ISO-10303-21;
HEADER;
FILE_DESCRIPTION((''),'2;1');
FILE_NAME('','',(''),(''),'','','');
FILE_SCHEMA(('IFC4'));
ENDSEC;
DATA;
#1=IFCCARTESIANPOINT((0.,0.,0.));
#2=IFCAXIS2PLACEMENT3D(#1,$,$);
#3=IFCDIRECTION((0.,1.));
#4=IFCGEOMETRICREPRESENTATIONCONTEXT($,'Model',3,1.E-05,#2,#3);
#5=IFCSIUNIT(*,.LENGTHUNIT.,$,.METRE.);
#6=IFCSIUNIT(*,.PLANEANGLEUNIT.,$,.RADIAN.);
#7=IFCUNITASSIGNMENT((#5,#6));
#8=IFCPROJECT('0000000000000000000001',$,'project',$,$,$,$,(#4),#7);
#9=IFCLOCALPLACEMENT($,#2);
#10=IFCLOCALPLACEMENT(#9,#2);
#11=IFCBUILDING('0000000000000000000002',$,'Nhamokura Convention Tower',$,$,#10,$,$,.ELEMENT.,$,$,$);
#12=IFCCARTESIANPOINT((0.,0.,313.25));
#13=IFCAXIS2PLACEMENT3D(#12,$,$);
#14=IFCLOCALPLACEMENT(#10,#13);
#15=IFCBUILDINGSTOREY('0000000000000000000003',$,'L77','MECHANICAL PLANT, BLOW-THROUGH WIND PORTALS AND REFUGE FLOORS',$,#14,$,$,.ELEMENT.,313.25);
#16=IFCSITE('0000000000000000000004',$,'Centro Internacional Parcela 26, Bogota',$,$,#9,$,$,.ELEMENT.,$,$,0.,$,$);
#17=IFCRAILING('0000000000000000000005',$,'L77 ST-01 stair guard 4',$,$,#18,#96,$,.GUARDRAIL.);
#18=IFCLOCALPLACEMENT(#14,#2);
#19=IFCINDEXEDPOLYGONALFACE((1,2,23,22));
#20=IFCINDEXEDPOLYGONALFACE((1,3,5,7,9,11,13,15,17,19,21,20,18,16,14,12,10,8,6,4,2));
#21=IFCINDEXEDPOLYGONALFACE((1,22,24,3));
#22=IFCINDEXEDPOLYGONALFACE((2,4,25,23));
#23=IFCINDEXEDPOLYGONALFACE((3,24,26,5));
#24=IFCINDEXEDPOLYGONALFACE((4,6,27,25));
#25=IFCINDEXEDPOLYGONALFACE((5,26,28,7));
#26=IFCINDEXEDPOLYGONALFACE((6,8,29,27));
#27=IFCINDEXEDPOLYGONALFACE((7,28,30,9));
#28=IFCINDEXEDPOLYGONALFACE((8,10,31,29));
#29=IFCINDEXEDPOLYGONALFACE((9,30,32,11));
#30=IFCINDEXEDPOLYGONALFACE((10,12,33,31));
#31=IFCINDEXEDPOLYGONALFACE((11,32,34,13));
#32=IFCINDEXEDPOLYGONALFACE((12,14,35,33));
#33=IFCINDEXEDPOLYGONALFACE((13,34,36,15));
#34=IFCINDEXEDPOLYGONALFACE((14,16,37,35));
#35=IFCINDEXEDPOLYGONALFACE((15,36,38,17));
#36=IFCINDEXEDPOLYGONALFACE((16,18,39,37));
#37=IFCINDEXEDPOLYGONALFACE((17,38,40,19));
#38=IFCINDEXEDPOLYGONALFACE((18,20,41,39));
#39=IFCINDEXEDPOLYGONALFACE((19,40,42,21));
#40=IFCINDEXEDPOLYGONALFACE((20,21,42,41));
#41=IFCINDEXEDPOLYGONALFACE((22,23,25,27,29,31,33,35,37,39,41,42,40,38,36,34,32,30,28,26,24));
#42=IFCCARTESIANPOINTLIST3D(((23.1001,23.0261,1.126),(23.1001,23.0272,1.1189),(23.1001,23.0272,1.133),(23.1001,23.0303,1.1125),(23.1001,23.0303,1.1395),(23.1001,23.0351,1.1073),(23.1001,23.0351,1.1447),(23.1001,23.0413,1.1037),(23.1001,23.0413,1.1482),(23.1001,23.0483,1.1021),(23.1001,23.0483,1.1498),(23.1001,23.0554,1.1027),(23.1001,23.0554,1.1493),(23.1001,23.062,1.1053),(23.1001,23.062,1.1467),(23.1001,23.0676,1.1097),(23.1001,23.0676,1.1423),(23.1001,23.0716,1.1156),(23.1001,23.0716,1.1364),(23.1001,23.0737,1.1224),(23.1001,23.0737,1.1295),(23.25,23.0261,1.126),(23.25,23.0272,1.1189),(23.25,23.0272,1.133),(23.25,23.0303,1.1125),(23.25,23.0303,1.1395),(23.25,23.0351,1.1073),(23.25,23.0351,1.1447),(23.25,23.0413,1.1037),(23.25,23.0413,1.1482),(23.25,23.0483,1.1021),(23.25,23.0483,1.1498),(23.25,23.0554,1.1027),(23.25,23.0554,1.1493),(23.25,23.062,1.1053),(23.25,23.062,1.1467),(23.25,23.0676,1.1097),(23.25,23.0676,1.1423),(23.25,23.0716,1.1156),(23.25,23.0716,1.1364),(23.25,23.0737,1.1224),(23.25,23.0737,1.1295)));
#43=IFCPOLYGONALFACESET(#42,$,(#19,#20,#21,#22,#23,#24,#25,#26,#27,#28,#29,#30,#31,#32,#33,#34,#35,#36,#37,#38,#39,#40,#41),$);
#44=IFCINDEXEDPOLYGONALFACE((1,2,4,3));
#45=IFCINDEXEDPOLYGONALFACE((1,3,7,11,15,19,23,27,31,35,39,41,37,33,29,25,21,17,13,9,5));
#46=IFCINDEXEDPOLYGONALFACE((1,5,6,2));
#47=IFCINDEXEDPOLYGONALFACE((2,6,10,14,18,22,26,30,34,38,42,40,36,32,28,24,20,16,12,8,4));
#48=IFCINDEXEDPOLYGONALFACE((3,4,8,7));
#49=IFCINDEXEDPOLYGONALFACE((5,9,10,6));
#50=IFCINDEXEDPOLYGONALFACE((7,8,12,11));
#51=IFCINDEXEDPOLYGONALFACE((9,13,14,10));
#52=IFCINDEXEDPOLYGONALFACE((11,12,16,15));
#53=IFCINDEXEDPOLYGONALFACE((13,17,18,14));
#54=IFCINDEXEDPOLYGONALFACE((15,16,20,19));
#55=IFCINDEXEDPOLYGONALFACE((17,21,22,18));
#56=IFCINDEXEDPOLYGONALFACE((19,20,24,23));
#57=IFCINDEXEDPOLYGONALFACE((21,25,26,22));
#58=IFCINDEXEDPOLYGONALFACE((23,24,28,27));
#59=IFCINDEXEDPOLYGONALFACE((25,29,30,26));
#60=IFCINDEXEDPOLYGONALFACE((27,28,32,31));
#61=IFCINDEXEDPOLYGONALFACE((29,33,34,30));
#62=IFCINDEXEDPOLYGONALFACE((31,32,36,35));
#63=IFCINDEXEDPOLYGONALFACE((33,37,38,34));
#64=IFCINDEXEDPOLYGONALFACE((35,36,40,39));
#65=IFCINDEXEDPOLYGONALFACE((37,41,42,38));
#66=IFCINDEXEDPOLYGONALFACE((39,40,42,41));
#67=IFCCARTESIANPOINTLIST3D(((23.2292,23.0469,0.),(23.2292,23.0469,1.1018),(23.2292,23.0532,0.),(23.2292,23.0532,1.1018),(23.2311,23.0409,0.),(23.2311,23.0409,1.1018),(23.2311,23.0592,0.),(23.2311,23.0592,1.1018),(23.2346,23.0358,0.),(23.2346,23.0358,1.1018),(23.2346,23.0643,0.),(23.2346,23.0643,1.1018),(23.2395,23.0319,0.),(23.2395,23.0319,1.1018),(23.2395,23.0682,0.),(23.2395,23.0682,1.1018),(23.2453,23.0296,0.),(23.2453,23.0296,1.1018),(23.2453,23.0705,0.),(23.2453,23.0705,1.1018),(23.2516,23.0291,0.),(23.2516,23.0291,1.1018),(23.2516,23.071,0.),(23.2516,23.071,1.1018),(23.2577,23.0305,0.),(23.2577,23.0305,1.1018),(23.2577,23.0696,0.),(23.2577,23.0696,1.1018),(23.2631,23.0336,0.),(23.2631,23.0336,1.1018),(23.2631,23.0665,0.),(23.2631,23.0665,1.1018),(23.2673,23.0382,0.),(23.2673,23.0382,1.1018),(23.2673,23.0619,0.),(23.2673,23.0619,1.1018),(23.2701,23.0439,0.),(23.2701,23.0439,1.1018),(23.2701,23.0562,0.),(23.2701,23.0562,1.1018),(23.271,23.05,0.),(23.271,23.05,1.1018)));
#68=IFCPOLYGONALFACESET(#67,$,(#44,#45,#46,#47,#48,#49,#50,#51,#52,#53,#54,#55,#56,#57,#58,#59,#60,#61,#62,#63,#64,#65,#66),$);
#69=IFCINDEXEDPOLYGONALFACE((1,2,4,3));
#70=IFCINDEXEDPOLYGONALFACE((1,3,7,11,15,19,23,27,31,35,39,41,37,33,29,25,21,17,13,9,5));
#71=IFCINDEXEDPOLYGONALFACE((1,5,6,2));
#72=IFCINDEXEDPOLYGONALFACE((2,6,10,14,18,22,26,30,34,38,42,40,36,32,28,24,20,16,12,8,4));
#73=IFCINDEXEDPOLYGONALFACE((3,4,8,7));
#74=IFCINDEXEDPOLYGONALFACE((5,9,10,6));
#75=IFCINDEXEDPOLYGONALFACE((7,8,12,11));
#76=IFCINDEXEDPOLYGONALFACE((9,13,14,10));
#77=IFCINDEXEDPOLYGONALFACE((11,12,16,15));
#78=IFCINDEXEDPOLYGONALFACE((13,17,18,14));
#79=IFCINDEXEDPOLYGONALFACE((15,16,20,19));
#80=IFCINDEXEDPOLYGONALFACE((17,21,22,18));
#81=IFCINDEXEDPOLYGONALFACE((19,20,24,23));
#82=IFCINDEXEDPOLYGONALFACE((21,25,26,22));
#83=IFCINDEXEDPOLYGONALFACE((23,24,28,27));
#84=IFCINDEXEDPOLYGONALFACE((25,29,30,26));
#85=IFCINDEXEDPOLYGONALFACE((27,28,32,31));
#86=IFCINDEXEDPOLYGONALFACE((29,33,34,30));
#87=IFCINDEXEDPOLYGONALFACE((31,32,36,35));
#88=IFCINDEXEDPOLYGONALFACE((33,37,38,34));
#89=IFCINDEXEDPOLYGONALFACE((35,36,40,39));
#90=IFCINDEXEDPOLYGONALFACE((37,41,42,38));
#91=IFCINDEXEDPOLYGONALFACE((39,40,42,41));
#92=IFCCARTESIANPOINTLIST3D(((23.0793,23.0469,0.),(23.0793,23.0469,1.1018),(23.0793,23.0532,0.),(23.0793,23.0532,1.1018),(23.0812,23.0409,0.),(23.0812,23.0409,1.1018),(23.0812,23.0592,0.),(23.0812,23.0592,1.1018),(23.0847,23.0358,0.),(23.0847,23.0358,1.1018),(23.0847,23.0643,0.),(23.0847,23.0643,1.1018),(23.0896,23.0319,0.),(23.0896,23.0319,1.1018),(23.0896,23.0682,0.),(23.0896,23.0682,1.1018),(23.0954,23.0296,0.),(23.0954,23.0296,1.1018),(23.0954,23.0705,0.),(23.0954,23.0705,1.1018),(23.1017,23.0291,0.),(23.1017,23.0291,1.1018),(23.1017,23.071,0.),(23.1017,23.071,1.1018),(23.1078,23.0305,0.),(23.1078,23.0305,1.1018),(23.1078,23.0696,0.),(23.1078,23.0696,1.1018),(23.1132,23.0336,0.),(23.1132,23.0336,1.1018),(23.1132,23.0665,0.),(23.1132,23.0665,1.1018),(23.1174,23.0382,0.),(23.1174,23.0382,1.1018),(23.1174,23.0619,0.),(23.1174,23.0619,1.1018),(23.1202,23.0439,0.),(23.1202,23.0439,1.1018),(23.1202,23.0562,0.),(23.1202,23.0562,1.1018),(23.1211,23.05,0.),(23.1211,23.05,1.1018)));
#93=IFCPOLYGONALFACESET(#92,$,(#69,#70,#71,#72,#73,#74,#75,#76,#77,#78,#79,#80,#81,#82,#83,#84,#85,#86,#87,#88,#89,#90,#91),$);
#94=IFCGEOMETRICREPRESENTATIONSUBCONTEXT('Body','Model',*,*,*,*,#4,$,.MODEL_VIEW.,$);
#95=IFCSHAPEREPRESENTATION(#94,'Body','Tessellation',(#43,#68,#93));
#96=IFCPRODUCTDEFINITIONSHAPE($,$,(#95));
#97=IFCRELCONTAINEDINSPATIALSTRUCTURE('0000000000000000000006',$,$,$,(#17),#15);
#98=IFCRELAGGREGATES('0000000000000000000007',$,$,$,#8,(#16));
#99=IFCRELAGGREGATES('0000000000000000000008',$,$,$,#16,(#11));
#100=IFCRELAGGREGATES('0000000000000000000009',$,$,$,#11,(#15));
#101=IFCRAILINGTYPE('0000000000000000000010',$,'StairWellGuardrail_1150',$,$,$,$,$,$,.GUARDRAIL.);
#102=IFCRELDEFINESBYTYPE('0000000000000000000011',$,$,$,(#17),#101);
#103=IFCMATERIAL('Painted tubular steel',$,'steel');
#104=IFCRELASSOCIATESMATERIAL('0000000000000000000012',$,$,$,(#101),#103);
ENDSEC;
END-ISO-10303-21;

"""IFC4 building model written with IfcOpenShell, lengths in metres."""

from ifc_helpers import new_model, si_unit, direction, frame, origin, origin_2d, place, context, subcontext, project, spatial, circle, extrude, material, type_object, element, save


model = new_model("IFC4")

# Units and contexts
model_context = context("Model", 3, precision=1e-05, world=origin(), true_north=direction((0.0, 1.0)))
body_context = subcontext(model_context, "Body", "Model", "MODEL_VIEW")
ifc_project = project(units=[si_unit("LENGTHUNIT", "METRE"), si_unit("PLANEANGLEUNIT", "RADIAN")], contexts=[model_context])

# Site, building, storey
site_placement = place(None, origin())
site = spatial("IfcSite", under=ifc_project, at=site_placement, Name="Centro Internacional Parcela 26, Bogota", CompositionType="ELEMENT", RefElevation=0.0)
building_placement = place(site_placement, origin())
building = spatial("IfcBuilding", under=site, at=building_placement, Name="Nhamokura Convention Tower", CompositionType="ELEMENT")
storey_placement = place(building_placement, frame((0.0, 0.0, 313.25)))
storey = spatial("IfcBuildingStorey", under=building, at=storey_placement, Name="L77", Description="MECHANICAL PLANT, BLOW-THROUGH WIND PORTALS AND REFUGE FLOORS", CompositionType="ELEMENT", Elevation=313.25)

# Railing
ifc_material_1 = material(Name="Painted tubular steel", Category="steel")
railing_type_1 = type_object("IfcRailingType", Name="StairWellGuardrail_1150", PredefinedType="GUARDRAIL", material=ifc_material_1)
railing_1_placement = place(storey_placement, frame((23.25, 23.05, 0.0)))
element("IfcRailing", 1, at=railing_1_placement, inside=storey, type_object=railing_type_1, Name="L77 ST-01 stair guard 4", PredefinedType="GUARDRAIL", context=body_context, shape_type="SweptSolid", body=[
    extrude(circle(Radius=0.0239, at=origin_2d()), frame((0.0, 0.0, 1.126), z_axis=(-1.0, 0.0, 0.0), x_axis=(0.0, -1.0, 0.0)), (0.0, 0.0, 1.0), 0.1499),
    extrude(circle(Radius=0.021, at=origin_2d()), origin(), (0.0, 0.0, 1.0), 1.1018),
    extrude(circle(Radius=0.021, at=origin_2d()), frame((-0.1499, 0.0, 0.0)), (0.0, 0.0, 1.0), 1.1018),
])

save(model, "model.ifc")
